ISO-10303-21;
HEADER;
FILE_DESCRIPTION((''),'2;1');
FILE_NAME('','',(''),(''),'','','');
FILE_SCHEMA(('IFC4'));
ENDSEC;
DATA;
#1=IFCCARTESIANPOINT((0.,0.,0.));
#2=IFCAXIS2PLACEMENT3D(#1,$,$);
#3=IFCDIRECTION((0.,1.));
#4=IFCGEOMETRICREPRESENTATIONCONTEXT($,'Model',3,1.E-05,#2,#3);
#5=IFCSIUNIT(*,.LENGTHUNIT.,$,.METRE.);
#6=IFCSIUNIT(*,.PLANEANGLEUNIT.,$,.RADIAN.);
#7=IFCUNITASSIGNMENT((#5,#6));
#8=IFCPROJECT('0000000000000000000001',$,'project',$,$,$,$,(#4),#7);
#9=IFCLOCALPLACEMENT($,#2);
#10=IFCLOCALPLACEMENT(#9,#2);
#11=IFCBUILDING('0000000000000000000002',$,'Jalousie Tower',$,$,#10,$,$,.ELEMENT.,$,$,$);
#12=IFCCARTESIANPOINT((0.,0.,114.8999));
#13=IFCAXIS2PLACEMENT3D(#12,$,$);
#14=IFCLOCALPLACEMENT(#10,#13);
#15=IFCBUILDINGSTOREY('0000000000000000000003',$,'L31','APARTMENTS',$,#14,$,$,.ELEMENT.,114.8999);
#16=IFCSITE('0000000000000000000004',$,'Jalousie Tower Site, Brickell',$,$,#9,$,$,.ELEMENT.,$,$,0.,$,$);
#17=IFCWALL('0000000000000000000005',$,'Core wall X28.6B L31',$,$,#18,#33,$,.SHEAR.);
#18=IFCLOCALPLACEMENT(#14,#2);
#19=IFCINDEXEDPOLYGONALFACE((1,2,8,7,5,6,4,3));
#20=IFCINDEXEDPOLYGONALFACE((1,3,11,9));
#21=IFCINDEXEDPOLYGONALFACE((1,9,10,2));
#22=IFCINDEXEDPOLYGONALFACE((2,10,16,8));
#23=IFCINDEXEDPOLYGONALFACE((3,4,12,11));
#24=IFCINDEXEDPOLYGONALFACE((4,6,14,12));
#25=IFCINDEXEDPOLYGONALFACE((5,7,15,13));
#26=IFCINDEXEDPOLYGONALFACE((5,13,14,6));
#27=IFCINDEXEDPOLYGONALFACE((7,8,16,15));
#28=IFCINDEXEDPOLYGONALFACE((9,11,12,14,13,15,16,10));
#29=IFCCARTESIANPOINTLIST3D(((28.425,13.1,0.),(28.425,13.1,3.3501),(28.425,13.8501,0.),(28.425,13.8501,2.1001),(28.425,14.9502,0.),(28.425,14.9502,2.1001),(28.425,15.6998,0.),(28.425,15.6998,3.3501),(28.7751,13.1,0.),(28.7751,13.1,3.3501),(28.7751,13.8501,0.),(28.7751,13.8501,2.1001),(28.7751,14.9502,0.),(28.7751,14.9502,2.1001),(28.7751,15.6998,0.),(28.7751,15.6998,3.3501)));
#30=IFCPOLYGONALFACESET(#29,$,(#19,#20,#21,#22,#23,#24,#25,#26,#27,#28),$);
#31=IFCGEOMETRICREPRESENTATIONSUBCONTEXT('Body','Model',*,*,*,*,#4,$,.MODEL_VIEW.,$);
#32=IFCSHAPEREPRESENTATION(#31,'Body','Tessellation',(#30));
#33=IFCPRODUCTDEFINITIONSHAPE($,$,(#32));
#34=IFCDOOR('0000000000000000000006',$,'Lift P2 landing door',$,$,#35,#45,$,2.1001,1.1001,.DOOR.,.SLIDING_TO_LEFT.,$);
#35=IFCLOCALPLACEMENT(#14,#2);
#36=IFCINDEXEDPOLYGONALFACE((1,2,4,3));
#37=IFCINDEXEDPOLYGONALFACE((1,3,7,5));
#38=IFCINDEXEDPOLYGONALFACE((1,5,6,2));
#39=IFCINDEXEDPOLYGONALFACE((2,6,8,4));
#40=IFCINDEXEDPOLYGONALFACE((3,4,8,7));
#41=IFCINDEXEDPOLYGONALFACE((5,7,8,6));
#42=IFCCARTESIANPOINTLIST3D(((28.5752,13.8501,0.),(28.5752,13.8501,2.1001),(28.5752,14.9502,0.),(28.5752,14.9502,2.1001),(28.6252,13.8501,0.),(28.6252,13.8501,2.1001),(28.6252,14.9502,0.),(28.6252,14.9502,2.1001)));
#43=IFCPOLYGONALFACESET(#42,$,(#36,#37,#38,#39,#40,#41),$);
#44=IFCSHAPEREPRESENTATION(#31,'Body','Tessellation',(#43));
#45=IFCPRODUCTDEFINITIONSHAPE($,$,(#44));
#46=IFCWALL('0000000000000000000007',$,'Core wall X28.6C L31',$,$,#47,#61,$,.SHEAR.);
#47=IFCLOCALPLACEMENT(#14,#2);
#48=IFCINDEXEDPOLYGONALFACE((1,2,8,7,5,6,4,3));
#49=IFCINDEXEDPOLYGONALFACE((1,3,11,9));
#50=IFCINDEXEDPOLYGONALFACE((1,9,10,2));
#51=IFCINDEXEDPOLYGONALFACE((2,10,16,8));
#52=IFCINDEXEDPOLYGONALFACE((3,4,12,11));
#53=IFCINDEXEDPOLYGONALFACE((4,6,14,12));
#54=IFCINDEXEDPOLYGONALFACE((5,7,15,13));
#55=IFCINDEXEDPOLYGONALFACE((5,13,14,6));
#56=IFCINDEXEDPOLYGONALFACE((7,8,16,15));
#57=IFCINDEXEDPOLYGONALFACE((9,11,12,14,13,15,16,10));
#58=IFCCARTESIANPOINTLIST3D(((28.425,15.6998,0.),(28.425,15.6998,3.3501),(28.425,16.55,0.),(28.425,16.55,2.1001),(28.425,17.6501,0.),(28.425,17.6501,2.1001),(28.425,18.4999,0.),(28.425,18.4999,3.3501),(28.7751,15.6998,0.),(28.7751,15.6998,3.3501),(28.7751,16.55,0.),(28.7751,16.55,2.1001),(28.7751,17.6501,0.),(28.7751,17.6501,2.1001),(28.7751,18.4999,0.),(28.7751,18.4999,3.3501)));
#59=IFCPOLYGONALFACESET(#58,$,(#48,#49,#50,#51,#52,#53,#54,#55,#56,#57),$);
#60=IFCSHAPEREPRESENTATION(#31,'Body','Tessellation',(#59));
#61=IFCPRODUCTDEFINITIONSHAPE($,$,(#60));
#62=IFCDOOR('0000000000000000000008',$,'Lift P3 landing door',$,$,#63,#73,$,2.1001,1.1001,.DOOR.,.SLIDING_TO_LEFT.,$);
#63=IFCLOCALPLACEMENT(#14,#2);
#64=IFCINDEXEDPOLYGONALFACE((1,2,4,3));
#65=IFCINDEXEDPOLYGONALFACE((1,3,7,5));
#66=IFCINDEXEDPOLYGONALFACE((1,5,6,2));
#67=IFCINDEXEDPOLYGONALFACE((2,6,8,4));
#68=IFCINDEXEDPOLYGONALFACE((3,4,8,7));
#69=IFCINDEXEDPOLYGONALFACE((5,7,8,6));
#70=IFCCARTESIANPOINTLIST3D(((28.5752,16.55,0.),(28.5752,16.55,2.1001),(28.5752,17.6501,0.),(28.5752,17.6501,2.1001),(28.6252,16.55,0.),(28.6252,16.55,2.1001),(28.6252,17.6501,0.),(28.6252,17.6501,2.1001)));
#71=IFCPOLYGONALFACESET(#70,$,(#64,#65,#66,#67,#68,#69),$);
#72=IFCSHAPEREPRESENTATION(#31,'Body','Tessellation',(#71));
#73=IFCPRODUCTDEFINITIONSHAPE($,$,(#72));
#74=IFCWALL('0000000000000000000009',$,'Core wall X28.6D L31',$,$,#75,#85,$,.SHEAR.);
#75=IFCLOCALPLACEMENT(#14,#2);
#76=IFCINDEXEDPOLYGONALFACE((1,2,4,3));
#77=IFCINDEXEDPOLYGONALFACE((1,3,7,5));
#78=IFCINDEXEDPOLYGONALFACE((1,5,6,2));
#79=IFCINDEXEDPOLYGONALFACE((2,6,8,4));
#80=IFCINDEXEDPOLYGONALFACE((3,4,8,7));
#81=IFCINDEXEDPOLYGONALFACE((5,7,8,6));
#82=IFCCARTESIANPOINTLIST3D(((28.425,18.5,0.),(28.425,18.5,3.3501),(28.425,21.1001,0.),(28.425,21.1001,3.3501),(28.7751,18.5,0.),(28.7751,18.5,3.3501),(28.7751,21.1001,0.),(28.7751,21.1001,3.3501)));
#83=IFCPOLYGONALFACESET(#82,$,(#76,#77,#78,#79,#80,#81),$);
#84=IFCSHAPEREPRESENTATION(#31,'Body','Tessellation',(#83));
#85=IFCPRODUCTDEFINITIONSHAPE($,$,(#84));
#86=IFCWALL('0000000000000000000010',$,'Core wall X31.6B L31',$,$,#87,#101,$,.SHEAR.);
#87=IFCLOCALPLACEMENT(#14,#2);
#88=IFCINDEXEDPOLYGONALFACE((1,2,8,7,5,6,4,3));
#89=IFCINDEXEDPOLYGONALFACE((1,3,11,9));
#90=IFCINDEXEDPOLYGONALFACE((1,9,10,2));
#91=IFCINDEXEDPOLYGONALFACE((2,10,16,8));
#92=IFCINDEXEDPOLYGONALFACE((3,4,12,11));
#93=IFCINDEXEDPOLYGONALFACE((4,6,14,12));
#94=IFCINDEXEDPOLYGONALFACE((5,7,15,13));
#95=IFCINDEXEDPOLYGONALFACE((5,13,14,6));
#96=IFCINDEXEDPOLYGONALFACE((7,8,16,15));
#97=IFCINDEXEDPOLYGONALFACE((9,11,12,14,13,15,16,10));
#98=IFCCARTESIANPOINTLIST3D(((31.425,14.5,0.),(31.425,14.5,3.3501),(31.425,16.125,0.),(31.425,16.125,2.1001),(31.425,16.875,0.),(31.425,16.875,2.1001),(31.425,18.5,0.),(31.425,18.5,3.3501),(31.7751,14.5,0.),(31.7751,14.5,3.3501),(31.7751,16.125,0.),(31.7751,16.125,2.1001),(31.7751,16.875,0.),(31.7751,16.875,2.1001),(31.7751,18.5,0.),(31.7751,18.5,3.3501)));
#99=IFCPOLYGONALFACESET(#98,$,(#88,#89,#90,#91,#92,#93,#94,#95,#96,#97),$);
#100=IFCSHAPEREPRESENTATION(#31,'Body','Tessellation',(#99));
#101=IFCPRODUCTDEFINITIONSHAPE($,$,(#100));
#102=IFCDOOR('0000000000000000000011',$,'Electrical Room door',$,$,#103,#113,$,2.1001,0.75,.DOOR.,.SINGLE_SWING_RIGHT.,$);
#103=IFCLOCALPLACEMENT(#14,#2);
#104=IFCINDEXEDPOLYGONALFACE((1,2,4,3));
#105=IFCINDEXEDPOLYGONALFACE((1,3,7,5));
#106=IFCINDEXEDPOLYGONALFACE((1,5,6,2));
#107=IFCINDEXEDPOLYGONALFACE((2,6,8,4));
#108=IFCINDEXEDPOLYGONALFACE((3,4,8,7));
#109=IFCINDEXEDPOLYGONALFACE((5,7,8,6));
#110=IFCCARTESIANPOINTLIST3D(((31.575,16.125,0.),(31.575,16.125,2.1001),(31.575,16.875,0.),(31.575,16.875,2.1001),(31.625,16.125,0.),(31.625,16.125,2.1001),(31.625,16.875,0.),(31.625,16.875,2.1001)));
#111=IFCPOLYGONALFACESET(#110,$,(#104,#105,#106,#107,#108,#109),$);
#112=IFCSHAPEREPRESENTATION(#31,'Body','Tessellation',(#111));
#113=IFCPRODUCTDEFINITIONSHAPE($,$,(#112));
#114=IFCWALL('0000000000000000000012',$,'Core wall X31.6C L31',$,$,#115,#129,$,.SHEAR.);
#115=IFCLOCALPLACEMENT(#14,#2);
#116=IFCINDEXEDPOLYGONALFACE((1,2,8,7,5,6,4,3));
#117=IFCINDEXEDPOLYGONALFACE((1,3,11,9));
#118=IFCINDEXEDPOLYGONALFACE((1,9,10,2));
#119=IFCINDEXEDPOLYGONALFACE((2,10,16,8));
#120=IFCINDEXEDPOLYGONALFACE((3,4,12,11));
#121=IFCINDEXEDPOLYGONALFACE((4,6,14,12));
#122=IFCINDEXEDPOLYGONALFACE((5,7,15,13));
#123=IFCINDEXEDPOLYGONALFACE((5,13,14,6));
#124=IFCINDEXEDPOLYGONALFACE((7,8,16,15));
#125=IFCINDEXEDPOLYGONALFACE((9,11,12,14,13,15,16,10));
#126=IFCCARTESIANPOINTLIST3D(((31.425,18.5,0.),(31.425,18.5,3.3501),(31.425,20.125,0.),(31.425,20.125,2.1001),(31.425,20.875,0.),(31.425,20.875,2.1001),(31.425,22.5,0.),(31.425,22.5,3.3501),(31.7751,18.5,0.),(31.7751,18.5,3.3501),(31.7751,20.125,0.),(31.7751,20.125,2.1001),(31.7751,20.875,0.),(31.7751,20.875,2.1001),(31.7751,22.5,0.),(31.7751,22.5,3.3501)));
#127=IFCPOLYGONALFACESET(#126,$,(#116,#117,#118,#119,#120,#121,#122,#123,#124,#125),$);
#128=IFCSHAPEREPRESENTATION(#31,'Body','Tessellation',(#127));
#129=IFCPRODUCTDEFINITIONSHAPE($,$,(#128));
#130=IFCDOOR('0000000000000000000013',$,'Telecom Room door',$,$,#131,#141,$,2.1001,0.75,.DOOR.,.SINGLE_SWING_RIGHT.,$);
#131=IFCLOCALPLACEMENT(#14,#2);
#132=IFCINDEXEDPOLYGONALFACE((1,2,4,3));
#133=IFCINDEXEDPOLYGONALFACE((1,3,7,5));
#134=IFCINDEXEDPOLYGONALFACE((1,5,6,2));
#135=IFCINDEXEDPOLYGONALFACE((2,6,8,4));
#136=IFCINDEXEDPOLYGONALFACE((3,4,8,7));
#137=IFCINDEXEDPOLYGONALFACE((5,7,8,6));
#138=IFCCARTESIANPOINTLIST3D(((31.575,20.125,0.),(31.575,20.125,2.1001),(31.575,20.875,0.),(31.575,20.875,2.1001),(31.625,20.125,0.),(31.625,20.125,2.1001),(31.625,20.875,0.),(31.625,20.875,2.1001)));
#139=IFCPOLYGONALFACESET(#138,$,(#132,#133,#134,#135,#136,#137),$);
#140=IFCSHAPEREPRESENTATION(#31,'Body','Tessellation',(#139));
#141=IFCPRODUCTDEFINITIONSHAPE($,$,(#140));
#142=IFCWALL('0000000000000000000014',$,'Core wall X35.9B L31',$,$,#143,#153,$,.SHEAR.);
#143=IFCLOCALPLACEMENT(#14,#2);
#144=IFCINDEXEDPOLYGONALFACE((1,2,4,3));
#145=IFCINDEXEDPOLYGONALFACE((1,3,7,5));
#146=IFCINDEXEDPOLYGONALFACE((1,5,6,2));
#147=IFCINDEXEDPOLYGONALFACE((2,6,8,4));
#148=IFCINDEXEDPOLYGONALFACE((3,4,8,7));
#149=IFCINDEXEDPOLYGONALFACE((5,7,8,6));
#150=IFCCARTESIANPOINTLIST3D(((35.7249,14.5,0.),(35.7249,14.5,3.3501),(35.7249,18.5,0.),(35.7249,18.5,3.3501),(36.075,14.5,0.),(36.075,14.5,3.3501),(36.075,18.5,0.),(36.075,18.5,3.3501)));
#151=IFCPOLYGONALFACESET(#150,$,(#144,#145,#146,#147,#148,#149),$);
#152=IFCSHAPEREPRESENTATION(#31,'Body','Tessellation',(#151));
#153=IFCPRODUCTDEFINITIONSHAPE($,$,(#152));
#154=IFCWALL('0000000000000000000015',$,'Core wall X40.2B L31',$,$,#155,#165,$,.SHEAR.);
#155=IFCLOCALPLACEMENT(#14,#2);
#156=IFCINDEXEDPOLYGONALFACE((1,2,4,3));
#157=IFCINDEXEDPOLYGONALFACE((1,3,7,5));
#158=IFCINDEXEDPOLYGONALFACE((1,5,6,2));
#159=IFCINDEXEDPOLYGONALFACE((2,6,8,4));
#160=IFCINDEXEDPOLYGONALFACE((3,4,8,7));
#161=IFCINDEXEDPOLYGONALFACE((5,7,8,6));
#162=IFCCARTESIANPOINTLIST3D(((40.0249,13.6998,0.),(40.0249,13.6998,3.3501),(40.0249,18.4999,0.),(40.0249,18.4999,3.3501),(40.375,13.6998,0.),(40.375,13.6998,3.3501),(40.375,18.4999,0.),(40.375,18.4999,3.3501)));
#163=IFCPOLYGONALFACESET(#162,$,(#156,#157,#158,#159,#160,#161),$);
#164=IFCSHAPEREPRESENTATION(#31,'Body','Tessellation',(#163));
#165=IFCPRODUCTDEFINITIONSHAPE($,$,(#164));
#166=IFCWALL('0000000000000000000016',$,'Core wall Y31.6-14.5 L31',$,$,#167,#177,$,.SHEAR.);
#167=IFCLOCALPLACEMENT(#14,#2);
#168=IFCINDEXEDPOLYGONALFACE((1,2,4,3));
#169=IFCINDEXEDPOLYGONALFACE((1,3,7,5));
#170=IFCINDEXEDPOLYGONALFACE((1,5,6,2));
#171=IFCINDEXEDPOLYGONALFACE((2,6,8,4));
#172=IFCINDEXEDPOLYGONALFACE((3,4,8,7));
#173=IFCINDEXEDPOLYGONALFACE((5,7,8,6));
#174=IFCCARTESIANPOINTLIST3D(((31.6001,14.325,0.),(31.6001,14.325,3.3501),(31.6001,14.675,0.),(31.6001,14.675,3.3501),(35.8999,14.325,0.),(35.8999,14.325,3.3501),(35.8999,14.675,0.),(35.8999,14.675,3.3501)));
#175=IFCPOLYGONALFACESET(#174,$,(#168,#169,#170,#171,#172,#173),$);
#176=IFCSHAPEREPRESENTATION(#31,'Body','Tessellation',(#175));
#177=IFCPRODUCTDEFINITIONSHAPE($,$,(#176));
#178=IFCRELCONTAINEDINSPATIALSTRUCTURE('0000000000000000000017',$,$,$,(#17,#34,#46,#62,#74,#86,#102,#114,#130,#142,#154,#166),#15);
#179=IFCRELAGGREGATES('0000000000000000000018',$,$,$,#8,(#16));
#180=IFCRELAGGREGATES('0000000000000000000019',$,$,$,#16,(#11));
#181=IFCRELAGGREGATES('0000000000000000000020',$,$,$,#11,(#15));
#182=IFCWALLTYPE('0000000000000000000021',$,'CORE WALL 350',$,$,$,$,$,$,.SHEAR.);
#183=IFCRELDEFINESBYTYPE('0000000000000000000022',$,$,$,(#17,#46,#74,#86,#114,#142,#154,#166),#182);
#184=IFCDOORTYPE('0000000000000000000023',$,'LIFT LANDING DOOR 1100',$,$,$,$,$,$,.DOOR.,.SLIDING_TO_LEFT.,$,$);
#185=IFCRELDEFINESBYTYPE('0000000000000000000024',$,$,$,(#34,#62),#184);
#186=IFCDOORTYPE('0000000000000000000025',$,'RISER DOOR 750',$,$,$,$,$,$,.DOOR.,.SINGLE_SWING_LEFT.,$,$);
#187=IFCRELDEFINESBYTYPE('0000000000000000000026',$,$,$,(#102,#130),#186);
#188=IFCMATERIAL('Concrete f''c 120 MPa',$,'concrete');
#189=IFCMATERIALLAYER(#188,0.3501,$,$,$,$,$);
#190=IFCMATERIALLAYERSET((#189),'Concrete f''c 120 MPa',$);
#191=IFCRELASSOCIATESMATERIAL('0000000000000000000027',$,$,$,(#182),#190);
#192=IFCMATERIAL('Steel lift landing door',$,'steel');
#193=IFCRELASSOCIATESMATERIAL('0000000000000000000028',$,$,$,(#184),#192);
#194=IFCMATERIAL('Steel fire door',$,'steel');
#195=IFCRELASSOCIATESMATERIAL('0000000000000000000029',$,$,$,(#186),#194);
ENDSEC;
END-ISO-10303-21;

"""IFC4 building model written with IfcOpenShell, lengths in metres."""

from ifc_helpers import new_model, si_unit, direction, frame, frame_2d, origin, place, context, subcontext, project, spatial, rectangle, extrude, material, layer, layer_set, type_object, element, fill, save


model = new_model("IFC4")

# Units and contexts
model_context = context("Model", 3, precision=1e-05, world=origin(), true_north=direction((0.0, 1.0)))
body_context = subcontext(model_context, "Body", "Model", "MODEL_VIEW")
ifc_project = project(units=[si_unit("LENGTHUNIT", "METRE"), si_unit("PLANEANGLEUNIT", "RADIAN")], contexts=[model_context])

# Site, building, storey
site_placement = place(None, origin())
site = spatial("IfcSite", under=ifc_project, at=site_placement, Name="Jalousie Tower Site, Brickell", CompositionType="ELEMENT", RefElevation=0.0)
building_placement = place(site_placement, origin())
building = spatial("IfcBuilding", under=site, at=building_placement, Name="Jalousie Tower", CompositionType="ELEMENT")
storey_placement = place(building_placement, frame((0.0, 0.0, 114.8999)))
storey = spatial("IfcBuildingStorey", under=building, at=storey_placement, Name="L31", Description="APARTMENTS", CompositionType="ELEMENT", Elevation=114.8999)

# Walls, openings, doors
ifc_material_1 = material(Name="Concrete f'c 120 MPa", Category="concrete")
ifc_layer = layer(ifc_material_1, 0.3501)
ifc_layer_set = layer_set([ifc_layer], Name="Concrete f'c 120 MPa")
wall_type = type_object("IfcWallType", Name="CORE WALL 350", PredefinedType="SHEAR", material=ifc_layer_set)
wall_1_placement = place(storey_placement, frame((28.6001, 13.1001, 0.0), z_axis=(0.0, 0.0, 1.0), x_axis=(0.0, 1.0, 0.0)))
wall_1 = element("IfcWall", 1, at=wall_1_placement, inside=storey, type_object=wall_type, Name="Core wall X28.6B L31", PredefinedType="SHEAR", context=body_context, shape_type="SweptSolid", body=[
    extrude(rectangle(XDim=2.5999, YDim=0.3501, at=frame_2d((1.2998, 0.0))), origin(), (0.0, 0.0, 1.0), 3.3501),
])
opening_1_placement = place(wall_1_placement, frame((0.75, 0.0, 0.0)))
opening_1 = element("IfcOpeningElement", 2, at=opening_1_placement, cuts=wall_1, PredefinedType="OPENING", context=body_context, shape_type="SweptSolid", body=[
    extrude(rectangle(XDim=1.1001, YDim=2.1001, at=frame_2d((0.55, 1.05))), frame((0.0, 0.1851, 0.0), z_axis=(0.0, -1.0, 0.0), x_axis=(1.0, 0.0, 0.0)), (0.0, 0.0, 1.0), 0.3701),
])
ifc_material_2 = material(Name="Steel lift landing door", Category="steel")
door_type_1 = type_object("IfcDoorType", Name="LIFT LANDING DOOR 1100", OperationType="SLIDING_TO_LEFT", PredefinedType="DOOR", material=ifc_material_2)
door_1_placement = place(opening_1_placement, origin())
door_1 = element("IfcDoor", 3, at=door_1_placement, inside=storey, type_object=door_type_1, Name="Lift P2 landing door", OperationType="SLIDING_TO_LEFT", OverallHeight=2.1001, OverallWidth=1.1001, PredefinedType="DOOR", context=body_context, shape_type="SweptSolid", body=[
    extrude(rectangle(XDim=1.1001, YDim=2.1001, at=frame_2d((0.55, 1.05))), frame((0.0, 0.0249, 0.0), z_axis=(0.0, -1.0, 0.0), x_axis=(1.0, 0.0, 0.0)), (0.0, 0.0, 1.0), 0.05),
])
fill(opening_1, door_1)
wall_2_placement = place(storey_placement, frame((28.6001, 15.7, 0.0), z_axis=(0.0, 0.0, 1.0), x_axis=(0.0, 1.0, 0.0)))
wall_2 = element("IfcWall", 4, at=wall_2_placement, inside=storey, type_object=wall_type, Name="Core wall X28.6C L31", PredefinedType="SHEAR", context=body_context, shape_type="SweptSolid", body=[
    extrude(rectangle(XDim=2.8, YDim=0.3501, at=frame_2d((1.3999, 0.0))), origin(), (0.0, 0.0, 1.0), 3.3501),
])
opening_2_placement = place(wall_2_placement, frame((0.8501, 0.0, 0.0)))
opening_2 = element("IfcOpeningElement", 5, at=opening_2_placement, cuts=wall_2, PredefinedType="OPENING", context=body_context, shape_type="SweptSolid", body=[
    extrude(rectangle(XDim=1.1001, YDim=2.1001, at=frame_2d((0.55, 1.05))), frame((0.0, 0.1851, 0.0), z_axis=(0.0, -1.0, 0.0), x_axis=(1.0, 0.0, 0.0)), (0.0, 0.0, 1.0), 0.3701),
])
door_2_placement = place(opening_2_placement, origin())
door_2 = element("IfcDoor", 6, at=door_2_placement, inside=storey, type_object=door_type_1, Name="Lift P3 landing door", OperationType="SLIDING_TO_LEFT", OverallHeight=2.1001, OverallWidth=1.1001, PredefinedType="DOOR", context=body_context, shape_type="SweptSolid", body=[
    extrude(rectangle(XDim=1.1001, YDim=2.1001, at=frame_2d((0.55, 1.05))), frame((0.0, 0.0249, 0.0), z_axis=(0.0, -1.0, 0.0), x_axis=(1.0, 0.0, 0.0)), (0.0, 0.0, 1.0), 0.05),
])
fill(opening_2, door_2)

# Wall
wall_3_placement = place(storey_placement, frame((28.6001, 18.5, 0.0), z_axis=(0.0, 0.0, 1.0), x_axis=(0.0, 1.0, 0.0)))
element("IfcWall", 7, at=wall_3_placement, inside=storey, type_object=wall_type, Name="Core wall X28.6D L31", PredefinedType="SHEAR", context=body_context, shape_type="SweptSolid", body=[
    extrude(rectangle(XDim=2.6001, YDim=0.3501, at=frame_2d((1.3, 0.0))), origin(), (0.0, 0.0, 1.0), 3.3501),
])

# Walls, openings, doors
wall_4_placement = place(storey_placement, frame((31.6001, 14.5, 0.0), z_axis=(0.0, 0.0, 1.0), x_axis=(0.0, 1.0, 0.0)))
wall_4 = element("IfcWall", 8, at=wall_4_placement, inside=storey, type_object=wall_type, Name="Core wall X31.6B L31", PredefinedType="SHEAR", context=body_context, shape_type="SweptSolid", body=[
    extrude(rectangle(XDim=4.0, YDim=0.3501, at=frame_2d((2.0, 0.0))), origin(), (0.0, 0.0, 1.0), 3.3501),
])
opening_3_placement = place(wall_4_placement, frame((1.625, 0.0, 0.0)))
opening_3 = element("IfcOpeningElement", 9, at=opening_3_placement, cuts=wall_4, PredefinedType="OPENING", context=body_context, shape_type="SweptSolid", body=[
    extrude(rectangle(XDim=0.75, YDim=2.1001, at=frame_2d((0.375, 1.05))), frame((0.0, 0.1851, 0.0), z_axis=(0.0, -1.0, 0.0), x_axis=(1.0, 0.0, 0.0)), (0.0, 0.0, 1.0), 0.3701),
])
ifc_material_3 = material(Name="Steel fire door", Category="steel")
door_type_2 = type_object("IfcDoorType", Name="RISER DOOR 750", OperationType="SINGLE_SWING_LEFT", PredefinedType="DOOR", material=ifc_material_3)
door_3_placement = place(opening_3_placement, frame((0.75, 0.0, 0.0), z_axis=(0.0, 0.0, 1.0), x_axis=(-1.0, 0.0, 0.0)))
door_3 = element("IfcDoor", 10, at=door_3_placement, inside=storey, type_object=door_type_2, Name="Electrical Room door", OperationType="SINGLE_SWING_RIGHT", OverallHeight=2.1001, OverallWidth=0.75, PredefinedType="DOOR", context=body_context, shape_type="SweptSolid", body=[
    extrude(rectangle(XDim=0.75, YDim=2.1001, at=frame_2d((0.375, 1.05))), frame((0.0, 0.0249, 0.0), z_axis=(0.0, -1.0, 0.0), x_axis=(1.0, 0.0, 0.0)), (0.0, 0.0, 1.0), 0.05),
])
fill(opening_3, door_3)
wall_5_placement = place(storey_placement, frame((31.6001, 18.5, 0.0), z_axis=(0.0, 0.0, 1.0), x_axis=(0.0, 1.0, 0.0)))
wall_5 = element("IfcWall", 11, at=wall_5_placement, inside=storey, type_object=wall_type, Name="Core wall X31.6C L31", PredefinedType="SHEAR", context=body_context, shape_type="SweptSolid", body=[
    extrude(rectangle(XDim=4.0, YDim=0.3501, at=frame_2d((2.0, 0.0))), origin(), (0.0, 0.0, 1.0), 3.3501),
])
opening_4_placement = place(wall_5_placement, frame((1.625, 0.0, 0.0)))
opening_4 = element("IfcOpeningElement", 12, at=opening_4_placement, cuts=wall_5, PredefinedType="OPENING", context=body_context, shape_type="SweptSolid", body=[
    extrude(rectangle(XDim=0.75, YDim=2.1001, at=frame_2d((0.375, 1.05))), frame((0.0, 0.1851, 0.0), z_axis=(0.0, -1.0, 0.0), x_axis=(1.0, 0.0, 0.0)), (0.0, 0.0, 1.0), 0.3701),
])
door_4_placement = place(opening_4_placement, frame((0.75, 0.0, 0.0), z_axis=(0.0, 0.0, 1.0), x_axis=(-1.0, 0.0, 0.0)))
door_4 = element("IfcDoor", 13, at=door_4_placement, inside=storey, type_object=door_type_2, Name="Telecom Room door", OperationType="SINGLE_SWING_RIGHT", OverallHeight=2.1001, OverallWidth=0.75, PredefinedType="DOOR", context=body_context, shape_type="SweptSolid", body=[
    extrude(rectangle(XDim=0.75, YDim=2.1001, at=frame_2d((0.375, 1.05))), frame((0.0, 0.0249, 0.0), z_axis=(0.0, -1.0, 0.0), x_axis=(1.0, 0.0, 0.0)), (0.0, 0.0, 1.0), 0.05),
])
fill(opening_4, door_4)

# Walls
wall_6_placement = place(storey_placement, frame((35.8999, 14.5, 0.0), z_axis=(0.0, 0.0, 1.0), x_axis=(0.0, 1.0, 0.0)))
element("IfcWall", 14, at=wall_6_placement, inside=storey, type_object=wall_type, Name="Core wall X35.9B L31", PredefinedType="SHEAR", context=body_context, shape_type="SweptSolid", body=[
    extrude(rectangle(XDim=4.0, YDim=0.3501, at=frame_2d((2.0, 0.0))), origin(), (0.0, 0.0, 1.0), 3.3501),
])
wall_7_placement = place(storey_placement, frame((40.2, 13.7, 0.0), z_axis=(0.0, 0.0, 1.0), x_axis=(0.0, 1.0, 0.0)))
element("IfcWall", 15, at=wall_7_placement, inside=storey, type_object=wall_type, Name="Core wall X40.2B L31", PredefinedType="SHEAR", context=body_context, shape_type="SweptSolid", body=[
    extrude(rectangle(XDim=4.8, YDim=0.3501, at=frame_2d((2.3999, 0.0))), origin(), (0.0, 0.0, 1.0), 3.3501),
])
wall_8_placement = place(storey_placement, frame((31.6001, 14.5, 0.0), z_axis=(0.0, 0.0, 1.0), x_axis=(1.0, 0.0, 0.0)))
element("IfcWall", 16, at=wall_8_placement, inside=storey, type_object=wall_type, Name="Core wall Y31.6-14.5 L31", PredefinedType="SHEAR", context=body_context, shape_type="SweptSolid", body=[
    extrude(rectangle(XDim=4.2998, YDim=0.3501, at=frame_2d((2.1499, 0.0))), origin(), (0.0, 0.0, 1.0), 3.3501),
])

save(model, "model.ifc")
